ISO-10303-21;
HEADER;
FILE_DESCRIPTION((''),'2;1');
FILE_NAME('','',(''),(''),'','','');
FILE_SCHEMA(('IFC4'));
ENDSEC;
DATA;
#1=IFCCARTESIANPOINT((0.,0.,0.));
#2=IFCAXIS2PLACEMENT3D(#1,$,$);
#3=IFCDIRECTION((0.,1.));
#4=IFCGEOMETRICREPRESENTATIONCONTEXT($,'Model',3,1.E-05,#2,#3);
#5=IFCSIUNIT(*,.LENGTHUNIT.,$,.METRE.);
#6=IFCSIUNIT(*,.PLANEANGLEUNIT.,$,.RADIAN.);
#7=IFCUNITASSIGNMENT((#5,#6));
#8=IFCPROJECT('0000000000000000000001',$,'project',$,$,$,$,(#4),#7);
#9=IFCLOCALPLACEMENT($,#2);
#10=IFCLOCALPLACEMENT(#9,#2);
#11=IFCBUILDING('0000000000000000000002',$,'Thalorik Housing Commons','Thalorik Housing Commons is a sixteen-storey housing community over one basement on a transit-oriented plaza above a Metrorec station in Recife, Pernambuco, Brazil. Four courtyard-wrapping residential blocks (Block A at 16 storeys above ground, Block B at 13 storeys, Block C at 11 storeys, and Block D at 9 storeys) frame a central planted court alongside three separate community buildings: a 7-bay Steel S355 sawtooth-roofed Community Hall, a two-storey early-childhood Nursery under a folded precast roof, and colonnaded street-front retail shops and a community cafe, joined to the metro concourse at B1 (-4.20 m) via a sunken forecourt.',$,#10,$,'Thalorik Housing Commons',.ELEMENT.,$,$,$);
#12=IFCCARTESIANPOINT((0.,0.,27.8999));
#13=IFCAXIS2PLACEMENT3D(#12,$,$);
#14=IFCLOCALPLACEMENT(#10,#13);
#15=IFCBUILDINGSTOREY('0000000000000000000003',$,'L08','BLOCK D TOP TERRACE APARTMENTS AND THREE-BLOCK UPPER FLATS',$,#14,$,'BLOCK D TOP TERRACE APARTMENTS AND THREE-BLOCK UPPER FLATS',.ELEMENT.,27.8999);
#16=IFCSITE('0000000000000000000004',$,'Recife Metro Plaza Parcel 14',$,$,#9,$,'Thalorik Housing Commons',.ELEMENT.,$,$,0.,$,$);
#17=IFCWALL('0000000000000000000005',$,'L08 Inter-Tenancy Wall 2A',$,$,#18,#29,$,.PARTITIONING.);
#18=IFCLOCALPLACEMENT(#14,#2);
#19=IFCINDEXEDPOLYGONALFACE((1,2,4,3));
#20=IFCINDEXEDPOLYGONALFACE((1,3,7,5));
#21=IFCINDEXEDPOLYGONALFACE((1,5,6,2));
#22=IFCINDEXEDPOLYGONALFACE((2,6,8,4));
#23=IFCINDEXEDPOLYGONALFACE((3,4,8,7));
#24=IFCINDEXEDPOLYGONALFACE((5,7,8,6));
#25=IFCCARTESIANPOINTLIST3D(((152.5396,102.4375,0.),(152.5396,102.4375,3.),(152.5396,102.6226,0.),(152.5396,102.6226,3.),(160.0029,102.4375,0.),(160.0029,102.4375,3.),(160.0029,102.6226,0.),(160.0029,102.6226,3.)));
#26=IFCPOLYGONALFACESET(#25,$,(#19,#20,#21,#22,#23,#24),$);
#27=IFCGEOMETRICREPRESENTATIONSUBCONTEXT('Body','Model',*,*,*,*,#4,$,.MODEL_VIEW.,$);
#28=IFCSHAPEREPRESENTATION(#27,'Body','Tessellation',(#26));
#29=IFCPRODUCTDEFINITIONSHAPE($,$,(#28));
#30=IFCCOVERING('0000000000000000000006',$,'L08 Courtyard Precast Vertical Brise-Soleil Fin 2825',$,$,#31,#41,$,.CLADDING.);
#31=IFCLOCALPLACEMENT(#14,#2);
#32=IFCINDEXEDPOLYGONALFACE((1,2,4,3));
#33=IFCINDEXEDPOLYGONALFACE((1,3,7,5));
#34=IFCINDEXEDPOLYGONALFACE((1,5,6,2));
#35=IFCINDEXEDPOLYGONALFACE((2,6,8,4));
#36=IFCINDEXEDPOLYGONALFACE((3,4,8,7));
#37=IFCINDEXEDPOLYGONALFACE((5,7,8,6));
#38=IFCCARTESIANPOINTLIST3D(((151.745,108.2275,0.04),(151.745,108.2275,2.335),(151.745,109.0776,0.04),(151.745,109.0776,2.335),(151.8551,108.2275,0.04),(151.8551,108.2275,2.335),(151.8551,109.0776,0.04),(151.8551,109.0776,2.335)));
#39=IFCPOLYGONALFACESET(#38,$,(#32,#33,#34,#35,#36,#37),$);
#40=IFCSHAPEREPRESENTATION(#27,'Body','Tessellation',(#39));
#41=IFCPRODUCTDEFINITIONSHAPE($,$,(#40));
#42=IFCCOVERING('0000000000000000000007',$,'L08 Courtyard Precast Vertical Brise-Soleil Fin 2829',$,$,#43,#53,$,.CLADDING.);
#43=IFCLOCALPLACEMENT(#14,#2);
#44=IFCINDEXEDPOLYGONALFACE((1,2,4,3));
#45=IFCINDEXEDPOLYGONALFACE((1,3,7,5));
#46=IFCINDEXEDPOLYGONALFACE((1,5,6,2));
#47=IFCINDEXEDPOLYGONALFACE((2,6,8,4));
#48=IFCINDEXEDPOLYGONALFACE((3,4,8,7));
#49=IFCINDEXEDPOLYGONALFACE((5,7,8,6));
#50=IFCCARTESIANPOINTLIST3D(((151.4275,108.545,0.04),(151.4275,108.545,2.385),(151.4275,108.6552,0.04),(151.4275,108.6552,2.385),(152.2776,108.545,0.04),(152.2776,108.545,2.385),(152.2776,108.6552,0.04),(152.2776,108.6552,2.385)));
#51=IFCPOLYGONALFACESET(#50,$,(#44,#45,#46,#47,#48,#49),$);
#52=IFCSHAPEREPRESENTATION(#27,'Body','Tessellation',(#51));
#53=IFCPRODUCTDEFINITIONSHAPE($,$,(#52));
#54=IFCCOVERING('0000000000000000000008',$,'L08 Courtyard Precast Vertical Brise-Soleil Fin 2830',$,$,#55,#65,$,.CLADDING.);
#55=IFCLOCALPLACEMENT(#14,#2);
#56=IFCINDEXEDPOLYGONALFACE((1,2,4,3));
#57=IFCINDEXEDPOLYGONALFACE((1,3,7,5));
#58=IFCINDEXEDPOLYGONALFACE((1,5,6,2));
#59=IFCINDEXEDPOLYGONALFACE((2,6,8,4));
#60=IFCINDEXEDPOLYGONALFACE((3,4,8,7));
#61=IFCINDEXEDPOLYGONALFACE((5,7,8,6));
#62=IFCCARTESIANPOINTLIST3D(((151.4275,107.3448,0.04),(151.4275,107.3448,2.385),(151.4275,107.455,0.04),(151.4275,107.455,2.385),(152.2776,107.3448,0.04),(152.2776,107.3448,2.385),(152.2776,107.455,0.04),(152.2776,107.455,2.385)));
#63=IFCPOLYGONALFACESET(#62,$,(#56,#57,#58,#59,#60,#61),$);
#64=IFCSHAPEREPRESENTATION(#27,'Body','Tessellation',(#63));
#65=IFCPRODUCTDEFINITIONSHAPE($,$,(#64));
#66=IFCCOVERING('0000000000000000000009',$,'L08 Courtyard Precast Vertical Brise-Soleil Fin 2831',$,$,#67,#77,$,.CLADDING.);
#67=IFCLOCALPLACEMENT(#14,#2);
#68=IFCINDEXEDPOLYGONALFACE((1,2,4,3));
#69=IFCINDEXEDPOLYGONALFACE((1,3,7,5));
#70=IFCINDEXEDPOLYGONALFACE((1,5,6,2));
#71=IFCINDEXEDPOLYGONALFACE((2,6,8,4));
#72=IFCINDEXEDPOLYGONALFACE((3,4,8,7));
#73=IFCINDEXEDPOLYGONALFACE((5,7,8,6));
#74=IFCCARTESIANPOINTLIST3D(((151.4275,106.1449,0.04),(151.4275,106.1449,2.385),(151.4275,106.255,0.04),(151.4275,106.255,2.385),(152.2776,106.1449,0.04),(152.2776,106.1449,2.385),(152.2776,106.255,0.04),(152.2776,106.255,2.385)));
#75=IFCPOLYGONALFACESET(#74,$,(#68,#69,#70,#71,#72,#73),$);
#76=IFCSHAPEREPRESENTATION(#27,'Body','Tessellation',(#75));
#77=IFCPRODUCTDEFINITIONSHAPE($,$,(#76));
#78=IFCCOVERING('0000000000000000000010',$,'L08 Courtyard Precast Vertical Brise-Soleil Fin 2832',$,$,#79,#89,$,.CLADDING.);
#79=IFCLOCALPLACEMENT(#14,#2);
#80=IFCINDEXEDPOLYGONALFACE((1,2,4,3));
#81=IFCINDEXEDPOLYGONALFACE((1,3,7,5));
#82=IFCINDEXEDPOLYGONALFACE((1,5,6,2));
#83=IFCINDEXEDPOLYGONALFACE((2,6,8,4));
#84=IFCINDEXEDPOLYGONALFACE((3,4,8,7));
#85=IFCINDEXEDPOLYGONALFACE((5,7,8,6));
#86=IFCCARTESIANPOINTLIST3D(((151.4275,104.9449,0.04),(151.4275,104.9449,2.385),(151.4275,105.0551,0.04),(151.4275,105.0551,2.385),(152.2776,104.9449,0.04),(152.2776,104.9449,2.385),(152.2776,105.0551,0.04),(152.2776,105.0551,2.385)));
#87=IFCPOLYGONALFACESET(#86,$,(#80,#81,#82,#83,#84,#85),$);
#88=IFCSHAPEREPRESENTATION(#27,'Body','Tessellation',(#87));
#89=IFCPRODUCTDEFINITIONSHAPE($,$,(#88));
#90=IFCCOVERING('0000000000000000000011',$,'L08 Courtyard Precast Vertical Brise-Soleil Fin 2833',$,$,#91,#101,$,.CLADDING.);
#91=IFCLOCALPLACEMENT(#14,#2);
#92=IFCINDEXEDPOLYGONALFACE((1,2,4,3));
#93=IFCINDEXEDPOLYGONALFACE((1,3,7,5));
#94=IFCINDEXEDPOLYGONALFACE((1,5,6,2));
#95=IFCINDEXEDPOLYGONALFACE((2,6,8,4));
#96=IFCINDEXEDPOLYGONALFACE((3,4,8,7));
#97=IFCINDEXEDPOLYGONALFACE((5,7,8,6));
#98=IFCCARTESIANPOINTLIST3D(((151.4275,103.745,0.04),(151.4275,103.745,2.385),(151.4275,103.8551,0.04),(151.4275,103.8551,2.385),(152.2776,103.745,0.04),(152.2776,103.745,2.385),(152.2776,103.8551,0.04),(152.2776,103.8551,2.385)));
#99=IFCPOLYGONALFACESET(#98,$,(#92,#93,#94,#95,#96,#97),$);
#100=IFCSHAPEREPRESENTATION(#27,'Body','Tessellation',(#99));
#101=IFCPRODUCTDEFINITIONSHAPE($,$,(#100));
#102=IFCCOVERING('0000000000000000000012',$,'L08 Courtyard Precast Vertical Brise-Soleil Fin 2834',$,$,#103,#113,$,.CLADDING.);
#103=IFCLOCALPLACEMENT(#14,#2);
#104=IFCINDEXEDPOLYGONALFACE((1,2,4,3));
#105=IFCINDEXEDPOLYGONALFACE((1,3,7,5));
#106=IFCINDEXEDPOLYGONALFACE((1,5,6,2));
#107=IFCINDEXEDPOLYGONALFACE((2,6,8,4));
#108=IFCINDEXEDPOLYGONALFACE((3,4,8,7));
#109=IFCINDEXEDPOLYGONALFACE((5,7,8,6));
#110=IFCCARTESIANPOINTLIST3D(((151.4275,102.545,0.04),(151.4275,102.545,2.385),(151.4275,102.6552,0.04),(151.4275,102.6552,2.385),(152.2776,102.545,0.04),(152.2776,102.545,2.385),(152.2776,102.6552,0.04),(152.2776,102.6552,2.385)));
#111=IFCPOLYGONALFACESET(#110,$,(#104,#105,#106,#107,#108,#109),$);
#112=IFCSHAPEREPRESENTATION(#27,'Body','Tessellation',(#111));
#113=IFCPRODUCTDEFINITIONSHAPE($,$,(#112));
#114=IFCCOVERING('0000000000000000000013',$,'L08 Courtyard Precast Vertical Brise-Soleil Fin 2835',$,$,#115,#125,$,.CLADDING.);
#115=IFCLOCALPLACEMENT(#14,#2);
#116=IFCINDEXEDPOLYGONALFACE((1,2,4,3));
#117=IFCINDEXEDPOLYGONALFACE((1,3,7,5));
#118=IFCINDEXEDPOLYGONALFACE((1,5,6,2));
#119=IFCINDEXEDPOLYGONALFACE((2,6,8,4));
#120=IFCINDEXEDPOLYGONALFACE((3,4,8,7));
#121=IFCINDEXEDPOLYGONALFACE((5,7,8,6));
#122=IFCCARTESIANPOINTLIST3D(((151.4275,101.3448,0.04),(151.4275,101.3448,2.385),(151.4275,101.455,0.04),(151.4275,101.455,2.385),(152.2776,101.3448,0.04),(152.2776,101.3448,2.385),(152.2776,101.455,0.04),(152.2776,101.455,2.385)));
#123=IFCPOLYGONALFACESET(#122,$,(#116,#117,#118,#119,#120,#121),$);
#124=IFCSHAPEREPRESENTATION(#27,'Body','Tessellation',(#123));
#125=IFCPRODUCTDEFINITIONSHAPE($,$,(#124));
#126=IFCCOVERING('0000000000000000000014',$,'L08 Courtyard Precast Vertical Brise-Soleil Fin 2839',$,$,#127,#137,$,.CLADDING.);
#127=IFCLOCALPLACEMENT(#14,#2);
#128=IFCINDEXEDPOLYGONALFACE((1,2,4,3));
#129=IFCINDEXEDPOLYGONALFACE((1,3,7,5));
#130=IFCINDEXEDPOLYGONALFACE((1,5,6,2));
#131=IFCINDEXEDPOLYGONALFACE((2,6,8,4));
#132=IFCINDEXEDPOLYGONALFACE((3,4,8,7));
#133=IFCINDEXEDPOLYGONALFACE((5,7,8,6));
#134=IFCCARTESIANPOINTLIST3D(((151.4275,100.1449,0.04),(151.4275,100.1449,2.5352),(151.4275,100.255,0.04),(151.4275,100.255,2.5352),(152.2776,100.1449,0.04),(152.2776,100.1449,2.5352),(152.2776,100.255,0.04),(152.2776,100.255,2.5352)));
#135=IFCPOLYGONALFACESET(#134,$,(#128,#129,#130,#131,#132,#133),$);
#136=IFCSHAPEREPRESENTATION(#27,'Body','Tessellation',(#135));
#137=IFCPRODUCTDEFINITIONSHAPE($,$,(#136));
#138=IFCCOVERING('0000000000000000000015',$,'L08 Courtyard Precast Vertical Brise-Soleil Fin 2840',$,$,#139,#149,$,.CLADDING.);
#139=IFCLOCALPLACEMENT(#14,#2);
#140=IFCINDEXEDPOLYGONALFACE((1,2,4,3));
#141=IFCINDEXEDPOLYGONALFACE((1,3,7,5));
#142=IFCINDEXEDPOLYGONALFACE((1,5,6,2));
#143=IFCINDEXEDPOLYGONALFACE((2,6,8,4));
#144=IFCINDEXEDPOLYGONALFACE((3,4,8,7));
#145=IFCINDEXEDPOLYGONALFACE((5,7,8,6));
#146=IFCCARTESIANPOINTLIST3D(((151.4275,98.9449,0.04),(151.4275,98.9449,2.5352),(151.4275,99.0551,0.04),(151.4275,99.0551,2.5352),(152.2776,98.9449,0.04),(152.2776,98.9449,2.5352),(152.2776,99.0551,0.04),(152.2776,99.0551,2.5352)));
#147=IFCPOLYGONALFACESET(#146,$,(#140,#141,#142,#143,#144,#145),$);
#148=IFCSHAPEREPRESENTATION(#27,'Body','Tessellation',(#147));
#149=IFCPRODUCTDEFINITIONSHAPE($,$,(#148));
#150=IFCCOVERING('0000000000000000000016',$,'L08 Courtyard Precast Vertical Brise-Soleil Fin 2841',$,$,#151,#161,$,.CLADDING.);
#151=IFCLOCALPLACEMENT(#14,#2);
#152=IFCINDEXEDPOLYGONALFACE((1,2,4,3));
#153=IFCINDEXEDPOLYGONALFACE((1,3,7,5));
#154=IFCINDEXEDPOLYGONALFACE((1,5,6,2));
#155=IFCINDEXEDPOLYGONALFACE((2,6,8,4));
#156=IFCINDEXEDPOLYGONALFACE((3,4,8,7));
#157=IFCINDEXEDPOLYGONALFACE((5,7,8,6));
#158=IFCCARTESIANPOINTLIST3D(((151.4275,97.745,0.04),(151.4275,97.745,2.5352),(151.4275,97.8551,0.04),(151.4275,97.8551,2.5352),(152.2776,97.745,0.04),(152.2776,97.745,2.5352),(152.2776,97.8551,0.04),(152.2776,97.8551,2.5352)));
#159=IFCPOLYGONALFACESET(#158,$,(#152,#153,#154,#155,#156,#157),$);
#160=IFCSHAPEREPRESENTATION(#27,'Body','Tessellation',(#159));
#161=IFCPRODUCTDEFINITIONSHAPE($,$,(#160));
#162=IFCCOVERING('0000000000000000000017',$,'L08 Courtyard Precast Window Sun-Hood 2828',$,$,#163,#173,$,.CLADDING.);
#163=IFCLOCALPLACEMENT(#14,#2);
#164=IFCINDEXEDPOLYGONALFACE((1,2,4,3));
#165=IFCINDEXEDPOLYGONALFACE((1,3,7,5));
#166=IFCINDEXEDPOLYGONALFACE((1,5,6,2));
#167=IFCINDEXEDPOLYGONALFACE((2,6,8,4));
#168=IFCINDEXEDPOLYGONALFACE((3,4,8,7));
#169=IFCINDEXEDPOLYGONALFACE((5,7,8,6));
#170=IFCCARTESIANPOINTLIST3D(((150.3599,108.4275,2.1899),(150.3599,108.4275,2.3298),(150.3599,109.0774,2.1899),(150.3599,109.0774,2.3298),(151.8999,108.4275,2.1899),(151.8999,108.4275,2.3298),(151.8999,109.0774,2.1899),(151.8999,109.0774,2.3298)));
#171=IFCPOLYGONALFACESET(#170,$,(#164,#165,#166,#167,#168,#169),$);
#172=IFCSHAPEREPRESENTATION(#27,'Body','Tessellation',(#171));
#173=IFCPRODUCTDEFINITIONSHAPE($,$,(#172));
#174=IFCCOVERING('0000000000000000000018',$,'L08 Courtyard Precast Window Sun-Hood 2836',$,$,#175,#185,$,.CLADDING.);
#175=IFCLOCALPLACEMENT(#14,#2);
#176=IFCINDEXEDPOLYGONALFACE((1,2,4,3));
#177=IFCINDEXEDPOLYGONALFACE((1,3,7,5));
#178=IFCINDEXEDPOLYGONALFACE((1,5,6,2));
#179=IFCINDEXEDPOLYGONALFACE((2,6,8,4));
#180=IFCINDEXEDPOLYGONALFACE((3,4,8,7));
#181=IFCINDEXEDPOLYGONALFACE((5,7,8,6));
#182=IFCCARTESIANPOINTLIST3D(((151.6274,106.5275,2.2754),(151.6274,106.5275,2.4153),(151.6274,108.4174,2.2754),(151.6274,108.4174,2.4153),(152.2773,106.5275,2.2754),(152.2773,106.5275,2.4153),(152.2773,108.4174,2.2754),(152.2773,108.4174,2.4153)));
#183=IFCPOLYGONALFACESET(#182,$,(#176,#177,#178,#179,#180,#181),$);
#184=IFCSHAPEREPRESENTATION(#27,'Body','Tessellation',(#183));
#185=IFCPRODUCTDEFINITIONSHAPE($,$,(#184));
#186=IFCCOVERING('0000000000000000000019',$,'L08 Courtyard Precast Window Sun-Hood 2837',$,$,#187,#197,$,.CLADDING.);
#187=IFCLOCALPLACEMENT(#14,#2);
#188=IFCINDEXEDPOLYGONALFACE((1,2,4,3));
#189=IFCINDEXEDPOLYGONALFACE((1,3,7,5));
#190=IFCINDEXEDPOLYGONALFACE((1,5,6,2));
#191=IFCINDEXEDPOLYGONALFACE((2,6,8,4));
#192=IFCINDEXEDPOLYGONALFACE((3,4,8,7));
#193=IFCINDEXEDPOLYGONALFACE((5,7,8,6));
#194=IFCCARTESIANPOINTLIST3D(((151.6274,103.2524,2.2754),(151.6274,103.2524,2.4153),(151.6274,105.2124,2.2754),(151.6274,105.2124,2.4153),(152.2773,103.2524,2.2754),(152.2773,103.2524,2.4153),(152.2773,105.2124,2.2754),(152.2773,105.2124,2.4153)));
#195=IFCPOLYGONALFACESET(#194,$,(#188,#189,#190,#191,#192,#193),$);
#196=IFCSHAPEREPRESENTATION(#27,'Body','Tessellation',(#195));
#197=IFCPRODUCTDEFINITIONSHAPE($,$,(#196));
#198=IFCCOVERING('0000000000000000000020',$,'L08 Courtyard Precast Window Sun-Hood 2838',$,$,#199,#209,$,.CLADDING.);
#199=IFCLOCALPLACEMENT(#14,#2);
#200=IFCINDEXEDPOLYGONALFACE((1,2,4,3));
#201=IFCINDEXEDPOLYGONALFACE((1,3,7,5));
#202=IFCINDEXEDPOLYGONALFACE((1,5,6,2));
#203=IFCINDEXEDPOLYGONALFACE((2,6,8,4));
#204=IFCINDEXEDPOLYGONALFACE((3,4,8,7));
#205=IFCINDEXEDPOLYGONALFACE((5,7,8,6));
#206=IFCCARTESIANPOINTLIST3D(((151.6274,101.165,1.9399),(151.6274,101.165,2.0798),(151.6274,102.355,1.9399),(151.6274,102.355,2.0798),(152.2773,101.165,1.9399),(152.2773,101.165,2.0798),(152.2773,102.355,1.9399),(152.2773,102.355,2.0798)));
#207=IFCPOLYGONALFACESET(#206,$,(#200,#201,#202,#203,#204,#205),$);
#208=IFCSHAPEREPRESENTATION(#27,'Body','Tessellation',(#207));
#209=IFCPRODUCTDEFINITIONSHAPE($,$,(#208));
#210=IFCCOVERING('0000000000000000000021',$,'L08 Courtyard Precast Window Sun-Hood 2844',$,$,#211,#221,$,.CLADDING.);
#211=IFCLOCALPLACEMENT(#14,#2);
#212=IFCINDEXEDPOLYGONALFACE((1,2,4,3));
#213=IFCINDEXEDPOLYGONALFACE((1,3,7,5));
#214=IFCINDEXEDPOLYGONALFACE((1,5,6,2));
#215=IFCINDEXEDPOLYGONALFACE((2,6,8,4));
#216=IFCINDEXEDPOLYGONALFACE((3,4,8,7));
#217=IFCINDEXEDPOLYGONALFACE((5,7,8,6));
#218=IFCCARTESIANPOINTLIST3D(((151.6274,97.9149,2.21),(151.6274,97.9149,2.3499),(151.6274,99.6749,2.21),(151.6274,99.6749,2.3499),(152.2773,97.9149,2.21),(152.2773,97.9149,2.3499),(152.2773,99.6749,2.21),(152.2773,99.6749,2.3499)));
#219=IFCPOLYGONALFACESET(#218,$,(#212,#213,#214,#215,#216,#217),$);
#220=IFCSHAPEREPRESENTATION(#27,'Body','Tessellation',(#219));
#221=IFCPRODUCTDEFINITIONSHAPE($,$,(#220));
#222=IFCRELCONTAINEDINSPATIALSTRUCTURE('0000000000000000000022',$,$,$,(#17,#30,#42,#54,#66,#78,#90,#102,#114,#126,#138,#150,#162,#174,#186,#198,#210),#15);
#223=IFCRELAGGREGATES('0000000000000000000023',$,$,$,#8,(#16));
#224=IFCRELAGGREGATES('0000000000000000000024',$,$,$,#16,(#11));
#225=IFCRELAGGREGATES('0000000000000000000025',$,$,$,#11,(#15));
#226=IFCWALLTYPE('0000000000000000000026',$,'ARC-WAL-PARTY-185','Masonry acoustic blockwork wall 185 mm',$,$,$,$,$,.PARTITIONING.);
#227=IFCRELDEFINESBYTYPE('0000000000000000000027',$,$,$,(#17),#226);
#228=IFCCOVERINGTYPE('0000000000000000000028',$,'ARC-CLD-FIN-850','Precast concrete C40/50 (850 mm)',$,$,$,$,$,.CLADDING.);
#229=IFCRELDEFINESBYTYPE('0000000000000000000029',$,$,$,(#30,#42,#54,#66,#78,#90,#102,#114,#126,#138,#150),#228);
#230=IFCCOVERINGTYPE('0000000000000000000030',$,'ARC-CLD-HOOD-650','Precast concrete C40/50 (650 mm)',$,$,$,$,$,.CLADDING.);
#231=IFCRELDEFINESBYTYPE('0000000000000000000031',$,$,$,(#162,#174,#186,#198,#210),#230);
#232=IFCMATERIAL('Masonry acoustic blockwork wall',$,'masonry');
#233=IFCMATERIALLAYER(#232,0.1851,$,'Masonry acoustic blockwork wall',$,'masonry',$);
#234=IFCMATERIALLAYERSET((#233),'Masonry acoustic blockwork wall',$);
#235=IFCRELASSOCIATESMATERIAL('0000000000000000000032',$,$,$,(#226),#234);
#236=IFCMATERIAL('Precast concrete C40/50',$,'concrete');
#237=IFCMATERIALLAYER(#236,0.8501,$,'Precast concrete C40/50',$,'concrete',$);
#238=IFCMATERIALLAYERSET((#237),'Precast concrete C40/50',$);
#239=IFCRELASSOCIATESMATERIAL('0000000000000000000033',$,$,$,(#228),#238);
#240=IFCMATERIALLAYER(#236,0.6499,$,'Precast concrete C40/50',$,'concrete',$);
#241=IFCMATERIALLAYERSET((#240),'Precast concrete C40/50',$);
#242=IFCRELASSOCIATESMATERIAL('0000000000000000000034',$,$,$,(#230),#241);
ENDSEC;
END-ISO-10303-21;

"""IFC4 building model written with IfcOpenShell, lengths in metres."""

from ifc_helpers import new_model, si_unit, direction, frame, frame_2d, origin, origin_2d, place, context, subcontext, project, spatial, rectangle, extrude, material, layer, layer_set, type_object, element, save


model = new_model("IFC4")

# Units and contexts
model_context = context("Model", 3, precision=1e-05, world=origin(), true_north=direction((0.0, 1.0)))
body_context = subcontext(model_context, "Body", "Model", "MODEL_VIEW")
ifc_project = project(units=[si_unit("LENGTHUNIT", "METRE"), si_unit("PLANEANGLEUNIT", "RADIAN")], contexts=[model_context])

# Site, building, storey
site_placement = place(None, origin())
site = spatial("IfcSite", under=ifc_project, at=site_placement, Name="Recife Metro Plaza Parcel 14", LongName="Thalorik Housing Commons", CompositionType="ELEMENT", RefElevation=0.0)
building_placement = place(site_placement, origin())
building = spatial("IfcBuilding", under=site, at=building_placement, Name="Thalorik Housing Commons", Description="Thalorik Housing Commons is a sixteen-storey housing community over one basement on a transit-oriented plaza above a Metrorec station in Recife, Pernambuco, Brazil. Four courtyard-wrapping residential blocks (Block A at 16 storeys above ground, Block B at 13 storeys, Block C at 11 storeys, and Block D at 9 storeys) frame a central planted court alongside three separate community buildings: a 7-bay Steel S355 sawtooth-roofed Community Hall, a two-storey early-childhood Nursery under a folded precast roof, and colonnaded street-front retail shops and a community cafe, joined to the metro concourse at B1 (-4.20 m) via a sunken forecourt.", LongName="Thalorik Housing Commons", CompositionType="ELEMENT")
storey_placement = place(building_placement, frame((0.0, 0.0, 27.8999)))
storey = spatial("IfcBuildingStorey", under=building, at=storey_placement, Name="L08", Description="BLOCK D TOP TERRACE APARTMENTS AND THREE-BLOCK UPPER FLATS", LongName="BLOCK D TOP TERRACE APARTMENTS AND THREE-BLOCK UPPER FLATS", CompositionType="ELEMENT", Elevation=27.8999)

# Shared definitions
ifc_material_1 = material(Name="Precast concrete C40/50", Category="concrete")

# Wall
ifc_material_2 = material(Name="Masonry acoustic blockwork wall", Category="masonry")
ifc_layer_1 = layer(ifc_material_2, 0.1851, Name="Masonry acoustic blockwork wall", Category="masonry")
ifc_layer_set_1 = layer_set([ifc_layer_1], Name="Masonry acoustic blockwork wall")
wall_type_1 = type_object("IfcWallType", Name="ARC-WAL-PARTY-185", Description="Masonry acoustic blockwork wall 185 mm", PredefinedType="PARTITIONING", material=ifc_layer_set_1)
wall_1_placement = place(storey_placement, frame((152.5396, 102.53, 0.0), z_axis=(0.0, 0.0, 1.0), x_axis=(1.0, 0.0, 0.0)))
element("IfcWall", 1, at=wall_1_placement, inside=storey, type_object=wall_type_1, Name="L08 Inter-Tenancy Wall 2A", PredefinedType="PARTITIONING", context=body_context, shape_type="SweptSolid", body=[
    extrude(rectangle(XDim=7.4634, YDim=0.1851, at=frame_2d((3.7317, 0.0))), origin(), (0.0, 0.0, 1.0), 3.0),
])

# Coverings
ifc_layer_2 = layer(ifc_material_1, 0.8501, Name="Precast concrete C40/50", Category="concrete")
ifc_layer_set_2 = layer_set([ifc_layer_2], Name="Precast concrete C40/50")
covering_type_1 = type_object("IfcCoveringType", Name="ARC-CLD-FIN-850", Description="Precast concrete C40/50 (850 mm)", PredefinedType="CLADDING", material=ifc_layer_set_2)
covering_1_placement = place(storey_placement, frame((151.8, 108.6526, 0.04), z_axis=(0.0, 0.0, 1.0), x_axis=(1.0, 0.0, 0.0)))
element("IfcCovering", 2, at=covering_1_placement, inside=storey, type_object=covering_type_1, Name="L08 Courtyard Precast Vertical Brise-Soleil Fin 2825", PredefinedType="CLADDING", context=body_context, shape_type="SweptSolid", body=[
    extrude(rectangle(XDim=0.1101, YDim=0.8501, at=origin_2d()), origin(), (0.0, 0.0, 1.0), 2.2949),
])
for number, where, z_axis, x_axis, name in (
    (3, (151.8525, 108.6001, 0.04), (0.0, 0.0, 1.0), (0.0, -1.0, 0.0), "L08 Courtyard Precast Vertical Brise-Soleil Fin 2829"),
    (4, (151.8525, 107.3999, 0.04), (0.0, 0.0, 1.0), (0.0, -1.0, 0.0), "L08 Courtyard Precast Vertical Brise-Soleil Fin 2830"),
    (5, (151.8525, 106.2, 0.04), (0.0, 0.0, 1.0), (0.0, -1.0, 0.0), "L08 Courtyard Precast Vertical Brise-Soleil Fin 2831"),
    (6, (151.8525, 105.0, 0.04), (0.0, 0.0, 1.0), (0.0, -1.0, 0.0), "L08 Courtyard Precast Vertical Brise-Soleil Fin 2832"),
    (7, (151.8525, 103.8, 0.04), (0.0, 0.0, 1.0), (0.0, -1.0, 0.0), "L08 Courtyard Precast Vertical Brise-Soleil Fin 2833"),
    (8, (151.8525, 102.6001, 0.04), (0.0, 0.0, 1.0), (0.0, -1.0, 0.0), "L08 Courtyard Precast Vertical Brise-Soleil Fin 2834"),
    (9, (151.8525, 101.3999, 0.04), (0.0, 0.0, 1.0), (0.0, -1.0, 0.0), "L08 Courtyard Precast Vertical Brise-Soleil Fin 2835"),
):
    element("IfcCovering", number, at=place(storey_placement, frame(where, z_axis=z_axis, x_axis=x_axis)), inside=storey, type_object=covering_type_1, Name=name, PredefinedType="CLADDING", context=body_context, shape_type="SweptSolid", body=[
        extrude(rectangle(XDim=0.1101, YDim=0.8501, at=origin_2d()), origin(), (0.0, 0.0, 1.0), 2.345),
    ])
for number, where, z_axis, x_axis, name in (
    (10, (151.8525, 100.2, 0.04), (0.0, 0.0, 1.0), (0.0, -1.0, 0.0), "L08 Courtyard Precast Vertical Brise-Soleil Fin 2839"),
    (11, (151.8525, 99.0, 0.04), (0.0, 0.0, 1.0), (0.0, -1.0, 0.0), "L08 Courtyard Precast Vertical Brise-Soleil Fin 2840"),
    (12, (151.8525, 97.8, 0.04), (0.0, 0.0, 1.0), (0.0, -1.0, 0.0), "L08 Courtyard Precast Vertical Brise-Soleil Fin 2841"),
):
    element("IfcCovering", number, at=place(storey_placement, frame(where, z_axis=z_axis, x_axis=x_axis)), inside=storey, type_object=covering_type_1, Name=name, PredefinedType="CLADDING", context=body_context, shape_type="SweptSolid", body=[
        extrude(rectangle(XDim=0.1101, YDim=0.8501, at=origin_2d()), origin(), (0.0, 0.0, 1.0), 2.4951),
    ])
ifc_layer_3 = layer(ifc_material_1, 0.6499, Name="Precast concrete C40/50", Category="concrete")
ifc_layer_set_3 = layer_set([ifc_layer_3], Name="Precast concrete C40/50")
covering_type_2 = type_object("IfcCoveringType", Name="ARC-CLD-HOOD-650", Description="Precast concrete C40/50 (650 mm)", PredefinedType="CLADDING", material=ifc_layer_set_3)
covering_2_placement = place(storey_placement, frame((151.1299, 108.7524, 2.1899), z_axis=(0.0, 0.0, 1.0), x_axis=(1.0, 0.0, 0.0)))
element("IfcCovering", 13, at=covering_2_placement, inside=storey, type_object=covering_type_2, Name="L08 Courtyard Precast Window Sun-Hood 2828", PredefinedType="CLADDING", context=body_context, shape_type="SweptSolid", body=[
    extrude(rectangle(XDim=1.54, YDim=0.6499, at=origin_2d()), origin(), (0.0, 0.0, 1.0), 0.1399),
])
covering_3_placement = place(storey_placement, frame((151.9524, 107.4724, 2.2754), z_axis=(0.0, 0.0, 1.0), x_axis=(0.0, -1.0, 0.0)))
element("IfcCovering", 14, at=covering_3_placement, inside=storey, type_object=covering_type_2, Name="L08 Courtyard Precast Window Sun-Hood 2836", PredefinedType="CLADDING", context=body_context, shape_type="SweptSolid", body=[
    extrude(rectangle(XDim=1.8899, YDim=0.6499, at=origin_2d()), origin(), (0.0, 0.0, 1.0), 0.1399),
])
covering_4_placement = place(storey_placement, frame((151.9524, 104.2324, 2.2754), z_axis=(0.0, 0.0, 1.0), x_axis=(0.0, -1.0, 0.0)))
element("IfcCovering", 15, at=covering_4_placement, inside=storey, type_object=covering_type_2, Name="L08 Courtyard Precast Window Sun-Hood 2837", PredefinedType="CLADDING", context=body_context, shape_type="SweptSolid", body=[
    extrude(rectangle(XDim=1.96, YDim=0.6499, at=origin_2d()), origin(), (0.0, 0.0, 1.0), 0.1399),
])
covering_5_placement = place(storey_placement, frame((151.9524, 101.76, 1.9399), z_axis=(0.0, 0.0, 1.0), x_axis=(0.0, -1.0, 0.0)))
element("IfcCovering", 16, at=covering_5_placement, inside=storey, type_object=covering_type_2, Name="L08 Courtyard Precast Window Sun-Hood 2838", PredefinedType="CLADDING", context=body_context, shape_type="SweptSolid", body=[
    extrude(rectangle(XDim=1.1899, YDim=0.6499, at=origin_2d()), origin(), (0.0, 0.0, 1.0), 0.1399),
])
covering_6_placement = place(storey_placement, frame((151.9524, 98.7949, 2.21), z_axis=(0.0, 0.0, 1.0), x_axis=(0.0, -1.0, 0.0)))
element("IfcCovering", 17, at=covering_6_placement, inside=storey, type_object=covering_type_2, Name="L08 Courtyard Precast Window Sun-Hood 2844", PredefinedType="CLADDING", context=body_context, shape_type="SweptSolid", body=[
    extrude(rectangle(XDim=1.76, YDim=0.6499, at=origin_2d()), origin(), (0.0, 0.0, 1.0), 0.1399),
])

save(model, "model.ifc")
